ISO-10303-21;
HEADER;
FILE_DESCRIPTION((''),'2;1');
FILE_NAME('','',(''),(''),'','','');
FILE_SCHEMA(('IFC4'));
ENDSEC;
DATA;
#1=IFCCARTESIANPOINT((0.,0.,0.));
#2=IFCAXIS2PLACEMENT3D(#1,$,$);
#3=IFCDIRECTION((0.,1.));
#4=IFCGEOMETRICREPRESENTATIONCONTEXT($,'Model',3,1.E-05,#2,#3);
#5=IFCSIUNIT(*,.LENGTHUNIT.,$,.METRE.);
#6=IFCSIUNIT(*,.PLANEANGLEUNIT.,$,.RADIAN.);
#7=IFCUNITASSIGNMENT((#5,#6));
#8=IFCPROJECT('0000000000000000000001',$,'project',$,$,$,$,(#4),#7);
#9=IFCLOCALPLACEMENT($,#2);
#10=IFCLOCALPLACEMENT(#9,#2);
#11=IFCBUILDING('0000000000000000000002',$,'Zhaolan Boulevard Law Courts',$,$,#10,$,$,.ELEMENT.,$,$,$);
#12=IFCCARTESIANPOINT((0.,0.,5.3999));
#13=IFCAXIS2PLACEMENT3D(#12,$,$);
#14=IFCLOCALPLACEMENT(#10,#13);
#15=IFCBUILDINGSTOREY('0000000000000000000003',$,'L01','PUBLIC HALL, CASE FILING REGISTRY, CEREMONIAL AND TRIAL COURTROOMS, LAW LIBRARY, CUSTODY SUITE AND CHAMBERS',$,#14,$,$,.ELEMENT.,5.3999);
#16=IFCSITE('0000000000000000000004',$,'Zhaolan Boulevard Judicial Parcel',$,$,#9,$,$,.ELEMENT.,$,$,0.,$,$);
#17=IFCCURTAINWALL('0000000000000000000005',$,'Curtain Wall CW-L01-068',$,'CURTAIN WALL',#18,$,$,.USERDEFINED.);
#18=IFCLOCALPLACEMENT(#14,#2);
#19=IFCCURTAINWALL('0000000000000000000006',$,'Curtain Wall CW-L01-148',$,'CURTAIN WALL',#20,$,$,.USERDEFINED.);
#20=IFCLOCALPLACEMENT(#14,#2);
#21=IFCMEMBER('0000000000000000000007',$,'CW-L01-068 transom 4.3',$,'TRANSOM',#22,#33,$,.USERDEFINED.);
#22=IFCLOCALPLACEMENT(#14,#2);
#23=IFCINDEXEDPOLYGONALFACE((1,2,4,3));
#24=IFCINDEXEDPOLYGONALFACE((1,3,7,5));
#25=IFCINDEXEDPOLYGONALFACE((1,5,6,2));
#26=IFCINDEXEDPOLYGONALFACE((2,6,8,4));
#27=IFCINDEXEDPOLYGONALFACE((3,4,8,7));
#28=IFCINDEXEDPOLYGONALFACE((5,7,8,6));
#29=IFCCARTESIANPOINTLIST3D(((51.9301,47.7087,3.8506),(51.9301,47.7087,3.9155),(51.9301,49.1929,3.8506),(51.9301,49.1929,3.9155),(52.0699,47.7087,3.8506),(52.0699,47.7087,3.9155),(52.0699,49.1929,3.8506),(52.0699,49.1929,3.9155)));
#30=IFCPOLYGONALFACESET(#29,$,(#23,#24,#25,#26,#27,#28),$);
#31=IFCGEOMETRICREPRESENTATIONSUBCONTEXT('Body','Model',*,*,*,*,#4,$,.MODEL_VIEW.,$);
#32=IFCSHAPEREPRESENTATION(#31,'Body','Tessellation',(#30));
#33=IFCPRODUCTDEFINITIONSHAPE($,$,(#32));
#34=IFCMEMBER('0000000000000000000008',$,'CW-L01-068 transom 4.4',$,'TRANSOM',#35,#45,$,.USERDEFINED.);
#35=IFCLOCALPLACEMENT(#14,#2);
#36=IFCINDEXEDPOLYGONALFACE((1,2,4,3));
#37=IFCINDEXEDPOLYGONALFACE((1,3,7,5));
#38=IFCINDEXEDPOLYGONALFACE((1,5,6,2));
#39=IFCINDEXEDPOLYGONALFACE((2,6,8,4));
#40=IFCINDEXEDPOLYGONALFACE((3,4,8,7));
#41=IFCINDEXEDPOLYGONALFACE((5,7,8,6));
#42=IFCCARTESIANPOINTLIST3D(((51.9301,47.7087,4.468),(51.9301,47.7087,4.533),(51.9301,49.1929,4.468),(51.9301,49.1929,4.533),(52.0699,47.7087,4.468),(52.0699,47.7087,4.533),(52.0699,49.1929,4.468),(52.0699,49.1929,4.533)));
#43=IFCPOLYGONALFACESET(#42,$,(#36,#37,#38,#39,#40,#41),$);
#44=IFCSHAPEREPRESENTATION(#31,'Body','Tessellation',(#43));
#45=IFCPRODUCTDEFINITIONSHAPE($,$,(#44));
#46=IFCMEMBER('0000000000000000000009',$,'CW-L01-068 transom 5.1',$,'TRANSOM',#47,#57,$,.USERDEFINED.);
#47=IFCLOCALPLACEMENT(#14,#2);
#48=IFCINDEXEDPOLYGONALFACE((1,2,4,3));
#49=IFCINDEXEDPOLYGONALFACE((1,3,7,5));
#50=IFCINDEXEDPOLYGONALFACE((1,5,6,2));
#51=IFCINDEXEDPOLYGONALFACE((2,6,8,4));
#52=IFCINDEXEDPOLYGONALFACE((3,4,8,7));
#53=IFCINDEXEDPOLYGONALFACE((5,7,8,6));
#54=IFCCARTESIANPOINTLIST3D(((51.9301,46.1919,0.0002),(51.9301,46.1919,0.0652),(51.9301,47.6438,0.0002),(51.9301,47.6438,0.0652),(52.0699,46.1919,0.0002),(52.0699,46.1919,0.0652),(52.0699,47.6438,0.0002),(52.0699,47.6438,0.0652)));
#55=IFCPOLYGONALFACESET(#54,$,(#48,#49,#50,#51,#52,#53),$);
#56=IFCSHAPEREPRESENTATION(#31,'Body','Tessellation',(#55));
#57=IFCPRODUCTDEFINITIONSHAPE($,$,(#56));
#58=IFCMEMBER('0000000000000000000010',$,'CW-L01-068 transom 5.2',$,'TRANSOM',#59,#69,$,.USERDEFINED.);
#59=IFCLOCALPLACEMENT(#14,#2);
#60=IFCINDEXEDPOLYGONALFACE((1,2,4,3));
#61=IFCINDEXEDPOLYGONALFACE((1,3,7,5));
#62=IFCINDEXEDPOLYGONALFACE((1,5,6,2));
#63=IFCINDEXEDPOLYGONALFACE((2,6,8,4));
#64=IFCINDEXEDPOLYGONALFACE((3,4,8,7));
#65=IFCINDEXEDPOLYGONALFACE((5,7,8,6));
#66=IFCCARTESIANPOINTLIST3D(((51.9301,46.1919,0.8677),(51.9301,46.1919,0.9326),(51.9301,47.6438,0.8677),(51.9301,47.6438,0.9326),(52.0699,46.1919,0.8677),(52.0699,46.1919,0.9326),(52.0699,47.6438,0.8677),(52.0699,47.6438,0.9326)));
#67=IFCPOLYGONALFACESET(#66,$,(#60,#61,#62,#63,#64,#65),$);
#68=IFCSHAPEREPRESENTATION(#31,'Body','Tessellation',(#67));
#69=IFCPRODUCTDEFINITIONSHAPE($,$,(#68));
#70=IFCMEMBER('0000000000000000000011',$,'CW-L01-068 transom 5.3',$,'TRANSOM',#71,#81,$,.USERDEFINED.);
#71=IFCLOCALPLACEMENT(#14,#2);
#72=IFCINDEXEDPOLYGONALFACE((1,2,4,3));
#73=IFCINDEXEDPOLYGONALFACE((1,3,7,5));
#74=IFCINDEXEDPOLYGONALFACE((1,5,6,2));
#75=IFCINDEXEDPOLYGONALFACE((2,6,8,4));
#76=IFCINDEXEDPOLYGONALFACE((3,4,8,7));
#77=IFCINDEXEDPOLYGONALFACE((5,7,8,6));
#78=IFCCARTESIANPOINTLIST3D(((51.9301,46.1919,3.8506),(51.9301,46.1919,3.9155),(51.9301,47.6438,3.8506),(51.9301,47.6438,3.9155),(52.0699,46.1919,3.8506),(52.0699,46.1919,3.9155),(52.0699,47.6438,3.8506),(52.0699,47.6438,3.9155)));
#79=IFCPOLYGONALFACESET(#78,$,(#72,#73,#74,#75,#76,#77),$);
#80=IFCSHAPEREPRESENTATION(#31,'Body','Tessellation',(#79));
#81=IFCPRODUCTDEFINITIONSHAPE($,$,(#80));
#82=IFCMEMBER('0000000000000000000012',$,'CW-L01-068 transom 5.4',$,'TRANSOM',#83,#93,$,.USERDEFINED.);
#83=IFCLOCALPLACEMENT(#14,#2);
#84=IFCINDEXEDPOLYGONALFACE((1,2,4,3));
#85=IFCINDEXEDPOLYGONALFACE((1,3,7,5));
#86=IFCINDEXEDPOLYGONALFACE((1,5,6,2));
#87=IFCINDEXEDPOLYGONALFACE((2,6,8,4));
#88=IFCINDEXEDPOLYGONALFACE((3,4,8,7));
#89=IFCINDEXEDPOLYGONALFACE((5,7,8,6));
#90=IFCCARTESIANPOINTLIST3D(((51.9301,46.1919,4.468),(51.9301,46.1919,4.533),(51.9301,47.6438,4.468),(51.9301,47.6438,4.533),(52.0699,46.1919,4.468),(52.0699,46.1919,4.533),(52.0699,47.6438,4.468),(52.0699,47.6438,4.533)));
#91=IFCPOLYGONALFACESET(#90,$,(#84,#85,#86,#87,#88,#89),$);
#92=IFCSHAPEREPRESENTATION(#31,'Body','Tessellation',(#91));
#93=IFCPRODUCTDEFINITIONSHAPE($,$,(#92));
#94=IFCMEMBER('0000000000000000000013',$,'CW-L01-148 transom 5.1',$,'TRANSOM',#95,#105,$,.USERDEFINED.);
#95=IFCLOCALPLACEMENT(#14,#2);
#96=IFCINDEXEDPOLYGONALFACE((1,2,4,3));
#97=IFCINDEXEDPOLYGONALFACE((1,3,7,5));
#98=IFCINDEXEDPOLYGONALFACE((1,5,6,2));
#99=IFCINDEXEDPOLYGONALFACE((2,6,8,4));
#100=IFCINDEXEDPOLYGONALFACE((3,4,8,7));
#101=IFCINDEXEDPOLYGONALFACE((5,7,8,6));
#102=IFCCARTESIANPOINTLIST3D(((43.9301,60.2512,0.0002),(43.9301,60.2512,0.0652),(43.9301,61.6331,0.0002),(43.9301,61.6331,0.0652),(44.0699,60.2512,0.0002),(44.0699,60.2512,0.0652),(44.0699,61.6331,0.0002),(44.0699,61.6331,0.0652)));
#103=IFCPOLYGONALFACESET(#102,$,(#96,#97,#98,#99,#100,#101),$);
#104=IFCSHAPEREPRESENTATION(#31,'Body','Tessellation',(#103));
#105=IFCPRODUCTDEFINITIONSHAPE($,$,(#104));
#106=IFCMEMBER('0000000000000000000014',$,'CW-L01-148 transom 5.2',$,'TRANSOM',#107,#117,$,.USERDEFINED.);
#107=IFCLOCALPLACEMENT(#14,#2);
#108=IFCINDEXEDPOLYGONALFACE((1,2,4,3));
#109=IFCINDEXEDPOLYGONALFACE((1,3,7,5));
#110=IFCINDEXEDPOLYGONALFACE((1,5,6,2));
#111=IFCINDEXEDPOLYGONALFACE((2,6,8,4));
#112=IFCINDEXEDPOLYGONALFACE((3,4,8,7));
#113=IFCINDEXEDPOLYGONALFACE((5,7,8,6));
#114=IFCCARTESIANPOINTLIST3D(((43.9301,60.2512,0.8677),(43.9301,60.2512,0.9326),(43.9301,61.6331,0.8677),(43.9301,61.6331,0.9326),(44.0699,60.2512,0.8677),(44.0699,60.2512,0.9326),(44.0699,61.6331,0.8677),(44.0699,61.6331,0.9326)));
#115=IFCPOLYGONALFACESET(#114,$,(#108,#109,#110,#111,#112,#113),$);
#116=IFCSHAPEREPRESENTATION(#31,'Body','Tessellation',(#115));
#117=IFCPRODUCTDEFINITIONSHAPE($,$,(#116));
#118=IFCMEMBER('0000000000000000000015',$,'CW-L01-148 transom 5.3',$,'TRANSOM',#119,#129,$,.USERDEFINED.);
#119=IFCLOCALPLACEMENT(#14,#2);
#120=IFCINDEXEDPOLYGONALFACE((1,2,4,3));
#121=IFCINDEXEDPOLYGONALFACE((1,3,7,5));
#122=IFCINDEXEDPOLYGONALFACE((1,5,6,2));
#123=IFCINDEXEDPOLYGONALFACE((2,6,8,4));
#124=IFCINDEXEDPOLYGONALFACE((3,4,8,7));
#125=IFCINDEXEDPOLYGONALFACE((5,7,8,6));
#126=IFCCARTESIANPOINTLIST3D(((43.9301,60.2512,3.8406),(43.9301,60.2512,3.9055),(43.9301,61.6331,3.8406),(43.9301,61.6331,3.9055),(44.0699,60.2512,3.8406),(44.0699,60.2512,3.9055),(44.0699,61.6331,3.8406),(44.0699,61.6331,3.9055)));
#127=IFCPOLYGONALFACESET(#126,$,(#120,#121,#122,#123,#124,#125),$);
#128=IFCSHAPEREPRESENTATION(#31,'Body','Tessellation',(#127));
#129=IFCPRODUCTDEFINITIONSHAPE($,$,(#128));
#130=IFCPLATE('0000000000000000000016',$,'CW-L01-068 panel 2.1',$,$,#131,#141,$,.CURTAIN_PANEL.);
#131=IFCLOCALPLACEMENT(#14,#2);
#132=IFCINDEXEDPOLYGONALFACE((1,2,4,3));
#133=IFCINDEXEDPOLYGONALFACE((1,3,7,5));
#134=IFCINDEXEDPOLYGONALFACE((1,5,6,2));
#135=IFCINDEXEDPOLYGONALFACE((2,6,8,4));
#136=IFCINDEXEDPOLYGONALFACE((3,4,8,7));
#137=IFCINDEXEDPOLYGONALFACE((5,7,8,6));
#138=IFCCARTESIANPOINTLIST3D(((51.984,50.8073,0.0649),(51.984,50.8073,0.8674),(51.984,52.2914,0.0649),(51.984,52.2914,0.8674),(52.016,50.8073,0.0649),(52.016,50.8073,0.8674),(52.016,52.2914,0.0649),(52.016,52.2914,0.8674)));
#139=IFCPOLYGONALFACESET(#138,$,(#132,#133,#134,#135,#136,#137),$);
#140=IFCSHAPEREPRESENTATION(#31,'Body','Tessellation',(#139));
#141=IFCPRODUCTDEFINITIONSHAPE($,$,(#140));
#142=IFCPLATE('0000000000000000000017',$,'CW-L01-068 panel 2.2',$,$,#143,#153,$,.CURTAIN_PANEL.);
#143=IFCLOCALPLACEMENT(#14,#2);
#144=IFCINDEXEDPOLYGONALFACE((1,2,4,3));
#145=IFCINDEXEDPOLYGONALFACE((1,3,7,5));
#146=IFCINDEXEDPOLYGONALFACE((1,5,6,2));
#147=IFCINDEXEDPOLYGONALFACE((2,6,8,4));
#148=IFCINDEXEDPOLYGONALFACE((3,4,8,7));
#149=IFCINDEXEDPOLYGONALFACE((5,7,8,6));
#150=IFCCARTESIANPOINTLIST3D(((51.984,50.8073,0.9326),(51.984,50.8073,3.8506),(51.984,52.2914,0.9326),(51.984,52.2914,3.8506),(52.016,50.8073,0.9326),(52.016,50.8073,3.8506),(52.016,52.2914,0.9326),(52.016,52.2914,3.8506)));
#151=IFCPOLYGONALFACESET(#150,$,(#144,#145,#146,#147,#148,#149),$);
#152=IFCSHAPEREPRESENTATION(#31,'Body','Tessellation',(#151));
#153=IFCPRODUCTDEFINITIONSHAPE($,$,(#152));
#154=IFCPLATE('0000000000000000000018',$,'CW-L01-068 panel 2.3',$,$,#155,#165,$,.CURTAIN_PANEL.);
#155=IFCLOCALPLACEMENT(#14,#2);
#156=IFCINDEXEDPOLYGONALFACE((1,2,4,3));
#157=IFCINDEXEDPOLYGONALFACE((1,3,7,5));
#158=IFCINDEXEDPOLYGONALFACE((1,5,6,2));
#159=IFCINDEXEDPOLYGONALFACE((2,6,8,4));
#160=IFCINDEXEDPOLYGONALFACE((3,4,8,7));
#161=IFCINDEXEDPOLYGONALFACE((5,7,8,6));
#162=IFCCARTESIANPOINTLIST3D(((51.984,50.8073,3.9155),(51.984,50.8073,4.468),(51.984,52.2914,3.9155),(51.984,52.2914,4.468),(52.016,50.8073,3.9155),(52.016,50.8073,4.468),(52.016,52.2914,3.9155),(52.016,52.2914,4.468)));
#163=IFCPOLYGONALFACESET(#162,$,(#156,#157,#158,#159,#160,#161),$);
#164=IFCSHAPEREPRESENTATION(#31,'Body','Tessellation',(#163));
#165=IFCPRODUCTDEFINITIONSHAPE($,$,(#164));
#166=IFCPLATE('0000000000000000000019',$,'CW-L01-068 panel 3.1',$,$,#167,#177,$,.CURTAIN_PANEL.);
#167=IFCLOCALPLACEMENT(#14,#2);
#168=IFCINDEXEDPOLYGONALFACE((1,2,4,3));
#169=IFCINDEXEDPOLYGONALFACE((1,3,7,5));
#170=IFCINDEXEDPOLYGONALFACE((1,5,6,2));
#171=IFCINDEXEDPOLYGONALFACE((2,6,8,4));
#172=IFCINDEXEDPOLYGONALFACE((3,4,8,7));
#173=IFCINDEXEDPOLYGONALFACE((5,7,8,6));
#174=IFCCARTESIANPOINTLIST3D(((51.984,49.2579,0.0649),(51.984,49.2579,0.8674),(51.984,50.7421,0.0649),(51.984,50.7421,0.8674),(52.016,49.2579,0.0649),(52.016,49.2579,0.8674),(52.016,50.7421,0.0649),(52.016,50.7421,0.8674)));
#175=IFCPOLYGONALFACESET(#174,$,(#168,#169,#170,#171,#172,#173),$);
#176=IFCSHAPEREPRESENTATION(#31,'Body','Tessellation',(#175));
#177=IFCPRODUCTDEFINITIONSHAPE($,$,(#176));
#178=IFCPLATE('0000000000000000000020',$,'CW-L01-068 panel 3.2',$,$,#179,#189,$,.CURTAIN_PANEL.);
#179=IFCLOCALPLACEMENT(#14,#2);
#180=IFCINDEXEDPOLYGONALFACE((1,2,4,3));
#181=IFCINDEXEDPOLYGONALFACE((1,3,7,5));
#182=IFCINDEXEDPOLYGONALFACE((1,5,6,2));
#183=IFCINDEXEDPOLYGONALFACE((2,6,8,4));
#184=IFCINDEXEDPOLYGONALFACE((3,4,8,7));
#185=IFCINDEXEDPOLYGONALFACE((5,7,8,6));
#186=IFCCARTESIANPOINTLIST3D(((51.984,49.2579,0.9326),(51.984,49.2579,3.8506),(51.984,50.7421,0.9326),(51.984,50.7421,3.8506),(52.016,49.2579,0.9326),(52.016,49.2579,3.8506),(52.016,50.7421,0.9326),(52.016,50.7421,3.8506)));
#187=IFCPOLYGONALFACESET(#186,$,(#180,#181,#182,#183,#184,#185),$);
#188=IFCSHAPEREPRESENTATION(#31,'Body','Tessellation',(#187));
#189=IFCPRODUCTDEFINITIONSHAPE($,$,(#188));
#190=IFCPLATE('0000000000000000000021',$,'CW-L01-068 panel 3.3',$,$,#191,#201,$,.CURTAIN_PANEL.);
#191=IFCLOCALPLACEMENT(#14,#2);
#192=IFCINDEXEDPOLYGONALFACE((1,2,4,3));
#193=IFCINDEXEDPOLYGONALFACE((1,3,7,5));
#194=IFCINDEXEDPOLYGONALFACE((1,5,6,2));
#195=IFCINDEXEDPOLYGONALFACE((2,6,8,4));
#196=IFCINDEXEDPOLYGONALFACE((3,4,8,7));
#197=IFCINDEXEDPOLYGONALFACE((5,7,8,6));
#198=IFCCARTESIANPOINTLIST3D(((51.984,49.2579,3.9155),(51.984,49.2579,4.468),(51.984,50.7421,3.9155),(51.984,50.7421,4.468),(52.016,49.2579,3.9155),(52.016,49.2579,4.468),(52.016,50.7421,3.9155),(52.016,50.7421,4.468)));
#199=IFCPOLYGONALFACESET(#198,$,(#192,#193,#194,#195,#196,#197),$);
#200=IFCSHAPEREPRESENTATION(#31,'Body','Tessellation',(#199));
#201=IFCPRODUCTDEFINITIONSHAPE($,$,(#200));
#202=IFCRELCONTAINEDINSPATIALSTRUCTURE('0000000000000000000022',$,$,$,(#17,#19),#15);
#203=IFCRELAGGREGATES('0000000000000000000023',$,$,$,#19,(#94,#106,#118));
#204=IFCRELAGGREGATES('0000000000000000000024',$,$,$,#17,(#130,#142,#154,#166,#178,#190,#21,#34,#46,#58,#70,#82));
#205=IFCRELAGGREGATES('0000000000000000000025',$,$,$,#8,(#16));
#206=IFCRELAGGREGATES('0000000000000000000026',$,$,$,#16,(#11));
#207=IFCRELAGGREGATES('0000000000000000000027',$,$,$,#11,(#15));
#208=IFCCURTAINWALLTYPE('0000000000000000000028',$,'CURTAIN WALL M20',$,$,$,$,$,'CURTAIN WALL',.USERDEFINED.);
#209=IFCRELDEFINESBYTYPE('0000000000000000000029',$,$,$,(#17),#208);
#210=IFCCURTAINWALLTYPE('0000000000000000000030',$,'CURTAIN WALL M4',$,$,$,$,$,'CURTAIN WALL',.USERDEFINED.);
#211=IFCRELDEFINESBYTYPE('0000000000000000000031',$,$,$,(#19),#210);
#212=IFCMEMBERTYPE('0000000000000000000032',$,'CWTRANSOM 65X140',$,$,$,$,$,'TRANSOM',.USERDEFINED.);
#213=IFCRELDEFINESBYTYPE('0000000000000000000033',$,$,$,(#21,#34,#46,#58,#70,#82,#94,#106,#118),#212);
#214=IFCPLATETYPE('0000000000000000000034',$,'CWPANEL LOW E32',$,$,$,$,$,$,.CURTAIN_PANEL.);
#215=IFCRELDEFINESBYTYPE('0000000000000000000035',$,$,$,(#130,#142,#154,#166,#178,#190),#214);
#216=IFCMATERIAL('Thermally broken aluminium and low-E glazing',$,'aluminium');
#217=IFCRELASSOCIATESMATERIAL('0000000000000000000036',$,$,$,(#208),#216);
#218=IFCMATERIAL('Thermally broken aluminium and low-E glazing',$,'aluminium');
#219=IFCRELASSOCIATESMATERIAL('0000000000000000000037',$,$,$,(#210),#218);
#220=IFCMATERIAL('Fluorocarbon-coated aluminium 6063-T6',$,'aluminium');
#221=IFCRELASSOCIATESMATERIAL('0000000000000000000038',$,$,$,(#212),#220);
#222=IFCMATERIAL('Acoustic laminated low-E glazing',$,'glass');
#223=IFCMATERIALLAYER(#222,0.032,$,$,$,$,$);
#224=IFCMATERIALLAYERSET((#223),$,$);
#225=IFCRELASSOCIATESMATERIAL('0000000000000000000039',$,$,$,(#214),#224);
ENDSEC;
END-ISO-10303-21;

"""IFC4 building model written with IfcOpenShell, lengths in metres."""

from ifc_helpers import new_model, si_unit, direction, frame, origin, origin_2d, place, context, subcontext, project, spatial, rectangle, extrude, material, layer, layer_set, material_profile, profile_set, type_object, element, aggregate, save


model = new_model("IFC4")

# Units and contexts
model_context = context("Model", 3, precision=1e-05, world=origin(), true_north=direction((0.0, 1.0)))
body_context = subcontext(model_context, "Body", "Model", "MODEL_VIEW")
ifc_project = project(units=[si_unit("LENGTHUNIT", "METRE"), si_unit("PLANEANGLEUNIT", "RADIAN")], contexts=[model_context])

# Site, building, storey
site_placement = place(None, origin())
site = spatial("IfcSite", under=ifc_project, at=site_placement, Name="Zhaolan Boulevard Judicial Parcel", CompositionType="ELEMENT", RefElevation=0.0)
building_placement = place(site_placement, origin())
building = spatial("IfcBuilding", under=site, at=building_placement, Name="Zhaolan Boulevard Law Courts", CompositionType="ELEMENT")
storey_placement = place(building_placement, frame((0.0, 0.0, 5.3999)))
storey = spatial("IfcBuildingStorey", under=building, at=storey_placement, Name="L01", Description="PUBLIC HALL, CASE FILING REGISTRY, CEREMONIAL AND TRIAL COURTROOMS, LAW LIBRARY, CUSTODY SUITE AND CHAMBERS", CompositionType="ELEMENT", Elevation=5.3999)

# Curtain wall
ifc_material_1 = material(Name="Thermally broken aluminium and low-E glazing", Category="aluminium")
curtain_wall_type_1 = type_object("IfcCurtainWallType", Name="CURTAIN WALL M20", ElementType="CURTAIN WALL", PredefinedType="USERDEFINED", material=ifc_material_1)
curtain_wall_1_placement = place(storey_placement, origin())
curtain_wall_1 = element("IfcCurtainWall", 1, at=curtain_wall_1_placement, inside=storey, type_object=curtain_wall_type_1, Name="Curtain Wall CW-L01-068", ObjectType="CURTAIN WALL", PredefinedType="USERDEFINED")

# Curtain wall
ifc_material_2 = material(Name="Thermally broken aluminium and low-E glazing", Category="aluminium")
curtain_wall_type_2 = type_object("IfcCurtainWallType", Name="CURTAIN WALL M4", ElementType="CURTAIN WALL", PredefinedType="USERDEFINED", material=ifc_material_2)
curtain_wall_2_placement = place(storey_placement, origin())
curtain_wall_2 = element("IfcCurtainWall", 2, at=curtain_wall_2_placement, inside=storey, type_object=curtain_wall_type_2, Name="Curtain Wall CW-L01-148", ObjectType="CURTAIN WALL", PredefinedType="USERDEFINED")

# Members
ifc_material_3 = material(Name="Fluorocarbon-coated aluminium 6063-T6", Category="aluminium")
ifc_material_profile_1 = material_profile(ifc_material_3, rectangle(XDim=0.1399, YDim=0.0649, at=origin_2d()), Name="AL65x140")
ifc_profile_set_1 = profile_set([ifc_material_profile_1], Name="Fluorocarbon-coated aluminium 6063-T6")
member_type_1 = type_object("IfcMemberType", Name="CWTRANSOM 65X140", ElementType="TRANSOM", PredefinedType="USERDEFINED", material=ifc_profile_set_1)
member_1_placement = place(storey_placement, frame((52.0, 49.1929, 3.8831), z_axis=(0.0, -1.0, 0.0), x_axis=(1.0, 0.0, 0.0)))
member_1 = element("IfcMember", 3, at=member_1_placement, type_object=member_type_1, Name="CW-L01-068 transom 4.3", ObjectType="TRANSOM", PredefinedType="USERDEFINED", context=body_context, shape_type="SweptSolid", body=[
    extrude(rectangle(XDim=0.1399, YDim=0.0649, at=origin_2d()), origin(), (0.0, 0.0, 1.0), 1.4841),
])
member_2_placement = place(storey_placement, frame((52.0, 49.1929, 4.5005), z_axis=(0.0, -1.0, 0.0), x_axis=(1.0, 0.0, 0.0)))
member_2 = element("IfcMember", 4, at=member_2_placement, type_object=member_type_1, Name="CW-L01-068 transom 4.4", ObjectType="TRANSOM", PredefinedType="USERDEFINED", context=body_context, shape_type="SweptSolid", body=[
    extrude(rectangle(XDim=0.1399, YDim=0.0649, at=origin_2d()), origin(), (0.0, 0.0, 1.0), 1.4841),
])
member_3_placement = place(storey_placement, frame((52.0, 47.6438, 0.0327), z_axis=(0.0, -1.0, 0.0), x_axis=(1.0, 0.0, 0.0)))
member_3 = element("IfcMember", 5, at=member_3_placement, type_object=member_type_1, Name="CW-L01-068 transom 5.1", ObjectType="TRANSOM", PredefinedType="USERDEFINED", context=body_context, shape_type="SweptSolid", body=[
    extrude(rectangle(XDim=0.1399, YDim=0.0649, at=origin_2d()), origin(), (0.0, 0.0, 1.0), 1.4519),
])
member_4_placement = place(storey_placement, frame((52.0, 47.6438, 0.9001), z_axis=(0.0, -1.0, 0.0), x_axis=(1.0, 0.0, 0.0)))
member_4 = element("IfcMember", 6, at=member_4_placement, type_object=member_type_1, Name="CW-L01-068 transom 5.2", ObjectType="TRANSOM", PredefinedType="USERDEFINED", context=body_context, shape_type="SweptSolid", body=[
    extrude(rectangle(XDim=0.1399, YDim=0.0649, at=origin_2d()), origin(), (0.0, 0.0, 1.0), 1.4519),
])
member_5_placement = place(storey_placement, frame((52.0, 47.6438, 3.8831), z_axis=(0.0, -1.0, 0.0), x_axis=(1.0, 0.0, 0.0)))
member_5 = element("IfcMember", 7, at=member_5_placement, type_object=member_type_1, Name="CW-L01-068 transom 5.3", ObjectType="TRANSOM", PredefinedType="USERDEFINED", context=body_context, shape_type="SweptSolid", body=[
    extrude(rectangle(XDim=0.1399, YDim=0.0649, at=origin_2d()), origin(), (0.0, 0.0, 1.0), 1.4519),
])
member_6_placement = place(storey_placement, frame((52.0, 47.6438, 4.5005), z_axis=(0.0, -1.0, 0.0), x_axis=(1.0, 0.0, 0.0)))
member_6 = element("IfcMember", 8, at=member_6_placement, type_object=member_type_1, Name="CW-L01-068 transom 5.4", ObjectType="TRANSOM", PredefinedType="USERDEFINED", context=body_context, shape_type="SweptSolid", body=[
    extrude(rectangle(XDim=0.1399, YDim=0.0649, at=origin_2d()), origin(), (0.0, 0.0, 1.0), 1.4519),
])
member_7_placement = place(storey_placement, frame((44.0, 60.2512, 0.0327), z_axis=(0.0, 1.0, 0.0), x_axis=(-1.0, 0.0, 0.0)))
member_7 = element("IfcMember", 9, at=member_7_placement, type_object=member_type_1, Name="CW-L01-148 transom 5.1", ObjectType="TRANSOM", PredefinedType="USERDEFINED", context=body_context, shape_type="SweptSolid", body=[
    extrude(rectangle(XDim=0.1399, YDim=0.0649, at=origin_2d()), origin(), (0.0, 0.0, 1.0), 1.3818),
])
member_8_placement = place(storey_placement, frame((44.0, 60.2512, 0.9001), z_axis=(0.0, 1.0, 0.0), x_axis=(-1.0, 0.0, 0.0)))
member_8 = element("IfcMember", 10, at=member_8_placement, type_object=member_type_1, Name="CW-L01-148 transom 5.2", ObjectType="TRANSOM", PredefinedType="USERDEFINED", context=body_context, shape_type="SweptSolid", body=[
    extrude(rectangle(XDim=0.1399, YDim=0.0649, at=origin_2d()), origin(), (0.0, 0.0, 1.0), 1.3818),
])
member_9_placement = place(storey_placement, frame((44.0, 60.2512, 3.873), z_axis=(0.0, 1.0, 0.0), x_axis=(-1.0, 0.0, 0.0)))
member_9 = element("IfcMember", 11, at=member_9_placement, type_object=member_type_1, Name="CW-L01-148 transom 5.3", ObjectType="TRANSOM", PredefinedType="USERDEFINED", context=body_context, shape_type="SweptSolid", body=[
    extrude(rectangle(XDim=0.1399, YDim=0.0649, at=origin_2d()), origin(), (0.0, 0.0, 1.0), 1.3818),
])
aggregate(curtain_wall_2, [member_7, member_8, member_9])

# Plates
ifc_material_4 = material(Name="Acoustic laminated low-E glazing", Category="glass")
ifc_layer_1 = layer(ifc_material_4, 0.032)
ifc_layer_set_1 = layer_set([ifc_layer_1])
plate_type = type_object("IfcPlateType", Name="CWPANEL LOW E32", PredefinedType="CURTAIN_PANEL", material=ifc_layer_set_1)
plate_1_placement = place(storey_placement, frame((52.0, 51.5493, 0.0649), z_axis=(0.0, 0.0, 1.0), x_axis=(0.0, -1.0, 0.0)))
plate_1 = element("IfcPlate", 12, at=plate_1_placement, type_object=plate_type, Name="CW-L01-068 panel 2.1", PredefinedType="CURTAIN_PANEL", context=body_context, shape_type="SweptSolid", body=[
    extrude(rectangle(XDim=1.4841, YDim=0.032, at=origin_2d()), origin(), (0.0, 0.0, 1.0), 0.8025),
])
plate_2_placement = place(storey_placement, frame((52.0, 51.5493, 0.9326), z_axis=(0.0, 0.0, 1.0), x_axis=(0.0, -1.0, 0.0)))
plate_2 = element("IfcPlate", 13, at=plate_2_placement, type_object=plate_type, Name="CW-L01-068 panel 2.2", PredefinedType="CURTAIN_PANEL", context=body_context, shape_type="SweptSolid", body=[
    extrude(rectangle(XDim=1.4841, YDim=0.032, at=origin_2d()), origin(), (0.0, 0.0, 1.0), 2.918),
])
plate_3_placement = place(storey_placement, frame((52.0, 51.5493, 3.9155), z_axis=(0.0, 0.0, 1.0), x_axis=(0.0, -1.0, 0.0)))
plate_3 = element("IfcPlate", 14, at=plate_3_placement, type_object=plate_type, Name="CW-L01-068 panel 2.3", PredefinedType="CURTAIN_PANEL", context=body_context, shape_type="SweptSolid", body=[
    extrude(rectangle(XDim=1.4841, YDim=0.032, at=origin_2d()), origin(), (0.0, 0.0, 1.0), 0.5525),
])
plate_4_placement = place(storey_placement, frame((52.0, 50.0, 0.0649), z_axis=(0.0, 0.0, 1.0), x_axis=(0.0, -1.0, 0.0)))
plate_4 = element("IfcPlate", 15, at=plate_4_placement, type_object=plate_type, Name="CW-L01-068 panel 3.1", PredefinedType="CURTAIN_PANEL", context=body_context, shape_type="SweptSolid", body=[
    extrude(rectangle(XDim=1.4841, YDim=0.032, at=origin_2d()), origin(), (0.0, 0.0, 1.0), 0.8025),
])
plate_5_placement = place(storey_placement, frame((52.0, 50.0, 0.9326), z_axis=(0.0, 0.0, 1.0), x_axis=(0.0, -1.0, 0.0)))
plate_5 = element("IfcPlate", 16, at=plate_5_placement, type_object=plate_type, Name="CW-L01-068 panel 3.2", PredefinedType="CURTAIN_PANEL", context=body_context, shape_type="SweptSolid", body=[
    extrude(rectangle(XDim=1.4841, YDim=0.032, at=origin_2d()), origin(), (0.0, 0.0, 1.0), 2.918),
])
plate_6_placement = place(storey_placement, frame((52.0, 50.0, 3.9155), z_axis=(0.0, 0.0, 1.0), x_axis=(0.0, -1.0, 0.0)))
plate_6 = element("IfcPlate", 17, at=plate_6_placement, type_object=plate_type, Name="CW-L01-068 panel 3.3", PredefinedType="CURTAIN_PANEL", context=body_context, shape_type="SweptSolid", body=[
    extrude(rectangle(XDim=1.4841, YDim=0.032, at=origin_2d()), origin(), (0.0, 0.0, 1.0), 0.5525),
])
aggregate(curtain_wall_1, [plate_1, plate_2, plate_3, plate_4, plate_5, plate_6, member_1, member_2, member_3, member_4, member_5, member_6])

save(model, "model.ifc")
